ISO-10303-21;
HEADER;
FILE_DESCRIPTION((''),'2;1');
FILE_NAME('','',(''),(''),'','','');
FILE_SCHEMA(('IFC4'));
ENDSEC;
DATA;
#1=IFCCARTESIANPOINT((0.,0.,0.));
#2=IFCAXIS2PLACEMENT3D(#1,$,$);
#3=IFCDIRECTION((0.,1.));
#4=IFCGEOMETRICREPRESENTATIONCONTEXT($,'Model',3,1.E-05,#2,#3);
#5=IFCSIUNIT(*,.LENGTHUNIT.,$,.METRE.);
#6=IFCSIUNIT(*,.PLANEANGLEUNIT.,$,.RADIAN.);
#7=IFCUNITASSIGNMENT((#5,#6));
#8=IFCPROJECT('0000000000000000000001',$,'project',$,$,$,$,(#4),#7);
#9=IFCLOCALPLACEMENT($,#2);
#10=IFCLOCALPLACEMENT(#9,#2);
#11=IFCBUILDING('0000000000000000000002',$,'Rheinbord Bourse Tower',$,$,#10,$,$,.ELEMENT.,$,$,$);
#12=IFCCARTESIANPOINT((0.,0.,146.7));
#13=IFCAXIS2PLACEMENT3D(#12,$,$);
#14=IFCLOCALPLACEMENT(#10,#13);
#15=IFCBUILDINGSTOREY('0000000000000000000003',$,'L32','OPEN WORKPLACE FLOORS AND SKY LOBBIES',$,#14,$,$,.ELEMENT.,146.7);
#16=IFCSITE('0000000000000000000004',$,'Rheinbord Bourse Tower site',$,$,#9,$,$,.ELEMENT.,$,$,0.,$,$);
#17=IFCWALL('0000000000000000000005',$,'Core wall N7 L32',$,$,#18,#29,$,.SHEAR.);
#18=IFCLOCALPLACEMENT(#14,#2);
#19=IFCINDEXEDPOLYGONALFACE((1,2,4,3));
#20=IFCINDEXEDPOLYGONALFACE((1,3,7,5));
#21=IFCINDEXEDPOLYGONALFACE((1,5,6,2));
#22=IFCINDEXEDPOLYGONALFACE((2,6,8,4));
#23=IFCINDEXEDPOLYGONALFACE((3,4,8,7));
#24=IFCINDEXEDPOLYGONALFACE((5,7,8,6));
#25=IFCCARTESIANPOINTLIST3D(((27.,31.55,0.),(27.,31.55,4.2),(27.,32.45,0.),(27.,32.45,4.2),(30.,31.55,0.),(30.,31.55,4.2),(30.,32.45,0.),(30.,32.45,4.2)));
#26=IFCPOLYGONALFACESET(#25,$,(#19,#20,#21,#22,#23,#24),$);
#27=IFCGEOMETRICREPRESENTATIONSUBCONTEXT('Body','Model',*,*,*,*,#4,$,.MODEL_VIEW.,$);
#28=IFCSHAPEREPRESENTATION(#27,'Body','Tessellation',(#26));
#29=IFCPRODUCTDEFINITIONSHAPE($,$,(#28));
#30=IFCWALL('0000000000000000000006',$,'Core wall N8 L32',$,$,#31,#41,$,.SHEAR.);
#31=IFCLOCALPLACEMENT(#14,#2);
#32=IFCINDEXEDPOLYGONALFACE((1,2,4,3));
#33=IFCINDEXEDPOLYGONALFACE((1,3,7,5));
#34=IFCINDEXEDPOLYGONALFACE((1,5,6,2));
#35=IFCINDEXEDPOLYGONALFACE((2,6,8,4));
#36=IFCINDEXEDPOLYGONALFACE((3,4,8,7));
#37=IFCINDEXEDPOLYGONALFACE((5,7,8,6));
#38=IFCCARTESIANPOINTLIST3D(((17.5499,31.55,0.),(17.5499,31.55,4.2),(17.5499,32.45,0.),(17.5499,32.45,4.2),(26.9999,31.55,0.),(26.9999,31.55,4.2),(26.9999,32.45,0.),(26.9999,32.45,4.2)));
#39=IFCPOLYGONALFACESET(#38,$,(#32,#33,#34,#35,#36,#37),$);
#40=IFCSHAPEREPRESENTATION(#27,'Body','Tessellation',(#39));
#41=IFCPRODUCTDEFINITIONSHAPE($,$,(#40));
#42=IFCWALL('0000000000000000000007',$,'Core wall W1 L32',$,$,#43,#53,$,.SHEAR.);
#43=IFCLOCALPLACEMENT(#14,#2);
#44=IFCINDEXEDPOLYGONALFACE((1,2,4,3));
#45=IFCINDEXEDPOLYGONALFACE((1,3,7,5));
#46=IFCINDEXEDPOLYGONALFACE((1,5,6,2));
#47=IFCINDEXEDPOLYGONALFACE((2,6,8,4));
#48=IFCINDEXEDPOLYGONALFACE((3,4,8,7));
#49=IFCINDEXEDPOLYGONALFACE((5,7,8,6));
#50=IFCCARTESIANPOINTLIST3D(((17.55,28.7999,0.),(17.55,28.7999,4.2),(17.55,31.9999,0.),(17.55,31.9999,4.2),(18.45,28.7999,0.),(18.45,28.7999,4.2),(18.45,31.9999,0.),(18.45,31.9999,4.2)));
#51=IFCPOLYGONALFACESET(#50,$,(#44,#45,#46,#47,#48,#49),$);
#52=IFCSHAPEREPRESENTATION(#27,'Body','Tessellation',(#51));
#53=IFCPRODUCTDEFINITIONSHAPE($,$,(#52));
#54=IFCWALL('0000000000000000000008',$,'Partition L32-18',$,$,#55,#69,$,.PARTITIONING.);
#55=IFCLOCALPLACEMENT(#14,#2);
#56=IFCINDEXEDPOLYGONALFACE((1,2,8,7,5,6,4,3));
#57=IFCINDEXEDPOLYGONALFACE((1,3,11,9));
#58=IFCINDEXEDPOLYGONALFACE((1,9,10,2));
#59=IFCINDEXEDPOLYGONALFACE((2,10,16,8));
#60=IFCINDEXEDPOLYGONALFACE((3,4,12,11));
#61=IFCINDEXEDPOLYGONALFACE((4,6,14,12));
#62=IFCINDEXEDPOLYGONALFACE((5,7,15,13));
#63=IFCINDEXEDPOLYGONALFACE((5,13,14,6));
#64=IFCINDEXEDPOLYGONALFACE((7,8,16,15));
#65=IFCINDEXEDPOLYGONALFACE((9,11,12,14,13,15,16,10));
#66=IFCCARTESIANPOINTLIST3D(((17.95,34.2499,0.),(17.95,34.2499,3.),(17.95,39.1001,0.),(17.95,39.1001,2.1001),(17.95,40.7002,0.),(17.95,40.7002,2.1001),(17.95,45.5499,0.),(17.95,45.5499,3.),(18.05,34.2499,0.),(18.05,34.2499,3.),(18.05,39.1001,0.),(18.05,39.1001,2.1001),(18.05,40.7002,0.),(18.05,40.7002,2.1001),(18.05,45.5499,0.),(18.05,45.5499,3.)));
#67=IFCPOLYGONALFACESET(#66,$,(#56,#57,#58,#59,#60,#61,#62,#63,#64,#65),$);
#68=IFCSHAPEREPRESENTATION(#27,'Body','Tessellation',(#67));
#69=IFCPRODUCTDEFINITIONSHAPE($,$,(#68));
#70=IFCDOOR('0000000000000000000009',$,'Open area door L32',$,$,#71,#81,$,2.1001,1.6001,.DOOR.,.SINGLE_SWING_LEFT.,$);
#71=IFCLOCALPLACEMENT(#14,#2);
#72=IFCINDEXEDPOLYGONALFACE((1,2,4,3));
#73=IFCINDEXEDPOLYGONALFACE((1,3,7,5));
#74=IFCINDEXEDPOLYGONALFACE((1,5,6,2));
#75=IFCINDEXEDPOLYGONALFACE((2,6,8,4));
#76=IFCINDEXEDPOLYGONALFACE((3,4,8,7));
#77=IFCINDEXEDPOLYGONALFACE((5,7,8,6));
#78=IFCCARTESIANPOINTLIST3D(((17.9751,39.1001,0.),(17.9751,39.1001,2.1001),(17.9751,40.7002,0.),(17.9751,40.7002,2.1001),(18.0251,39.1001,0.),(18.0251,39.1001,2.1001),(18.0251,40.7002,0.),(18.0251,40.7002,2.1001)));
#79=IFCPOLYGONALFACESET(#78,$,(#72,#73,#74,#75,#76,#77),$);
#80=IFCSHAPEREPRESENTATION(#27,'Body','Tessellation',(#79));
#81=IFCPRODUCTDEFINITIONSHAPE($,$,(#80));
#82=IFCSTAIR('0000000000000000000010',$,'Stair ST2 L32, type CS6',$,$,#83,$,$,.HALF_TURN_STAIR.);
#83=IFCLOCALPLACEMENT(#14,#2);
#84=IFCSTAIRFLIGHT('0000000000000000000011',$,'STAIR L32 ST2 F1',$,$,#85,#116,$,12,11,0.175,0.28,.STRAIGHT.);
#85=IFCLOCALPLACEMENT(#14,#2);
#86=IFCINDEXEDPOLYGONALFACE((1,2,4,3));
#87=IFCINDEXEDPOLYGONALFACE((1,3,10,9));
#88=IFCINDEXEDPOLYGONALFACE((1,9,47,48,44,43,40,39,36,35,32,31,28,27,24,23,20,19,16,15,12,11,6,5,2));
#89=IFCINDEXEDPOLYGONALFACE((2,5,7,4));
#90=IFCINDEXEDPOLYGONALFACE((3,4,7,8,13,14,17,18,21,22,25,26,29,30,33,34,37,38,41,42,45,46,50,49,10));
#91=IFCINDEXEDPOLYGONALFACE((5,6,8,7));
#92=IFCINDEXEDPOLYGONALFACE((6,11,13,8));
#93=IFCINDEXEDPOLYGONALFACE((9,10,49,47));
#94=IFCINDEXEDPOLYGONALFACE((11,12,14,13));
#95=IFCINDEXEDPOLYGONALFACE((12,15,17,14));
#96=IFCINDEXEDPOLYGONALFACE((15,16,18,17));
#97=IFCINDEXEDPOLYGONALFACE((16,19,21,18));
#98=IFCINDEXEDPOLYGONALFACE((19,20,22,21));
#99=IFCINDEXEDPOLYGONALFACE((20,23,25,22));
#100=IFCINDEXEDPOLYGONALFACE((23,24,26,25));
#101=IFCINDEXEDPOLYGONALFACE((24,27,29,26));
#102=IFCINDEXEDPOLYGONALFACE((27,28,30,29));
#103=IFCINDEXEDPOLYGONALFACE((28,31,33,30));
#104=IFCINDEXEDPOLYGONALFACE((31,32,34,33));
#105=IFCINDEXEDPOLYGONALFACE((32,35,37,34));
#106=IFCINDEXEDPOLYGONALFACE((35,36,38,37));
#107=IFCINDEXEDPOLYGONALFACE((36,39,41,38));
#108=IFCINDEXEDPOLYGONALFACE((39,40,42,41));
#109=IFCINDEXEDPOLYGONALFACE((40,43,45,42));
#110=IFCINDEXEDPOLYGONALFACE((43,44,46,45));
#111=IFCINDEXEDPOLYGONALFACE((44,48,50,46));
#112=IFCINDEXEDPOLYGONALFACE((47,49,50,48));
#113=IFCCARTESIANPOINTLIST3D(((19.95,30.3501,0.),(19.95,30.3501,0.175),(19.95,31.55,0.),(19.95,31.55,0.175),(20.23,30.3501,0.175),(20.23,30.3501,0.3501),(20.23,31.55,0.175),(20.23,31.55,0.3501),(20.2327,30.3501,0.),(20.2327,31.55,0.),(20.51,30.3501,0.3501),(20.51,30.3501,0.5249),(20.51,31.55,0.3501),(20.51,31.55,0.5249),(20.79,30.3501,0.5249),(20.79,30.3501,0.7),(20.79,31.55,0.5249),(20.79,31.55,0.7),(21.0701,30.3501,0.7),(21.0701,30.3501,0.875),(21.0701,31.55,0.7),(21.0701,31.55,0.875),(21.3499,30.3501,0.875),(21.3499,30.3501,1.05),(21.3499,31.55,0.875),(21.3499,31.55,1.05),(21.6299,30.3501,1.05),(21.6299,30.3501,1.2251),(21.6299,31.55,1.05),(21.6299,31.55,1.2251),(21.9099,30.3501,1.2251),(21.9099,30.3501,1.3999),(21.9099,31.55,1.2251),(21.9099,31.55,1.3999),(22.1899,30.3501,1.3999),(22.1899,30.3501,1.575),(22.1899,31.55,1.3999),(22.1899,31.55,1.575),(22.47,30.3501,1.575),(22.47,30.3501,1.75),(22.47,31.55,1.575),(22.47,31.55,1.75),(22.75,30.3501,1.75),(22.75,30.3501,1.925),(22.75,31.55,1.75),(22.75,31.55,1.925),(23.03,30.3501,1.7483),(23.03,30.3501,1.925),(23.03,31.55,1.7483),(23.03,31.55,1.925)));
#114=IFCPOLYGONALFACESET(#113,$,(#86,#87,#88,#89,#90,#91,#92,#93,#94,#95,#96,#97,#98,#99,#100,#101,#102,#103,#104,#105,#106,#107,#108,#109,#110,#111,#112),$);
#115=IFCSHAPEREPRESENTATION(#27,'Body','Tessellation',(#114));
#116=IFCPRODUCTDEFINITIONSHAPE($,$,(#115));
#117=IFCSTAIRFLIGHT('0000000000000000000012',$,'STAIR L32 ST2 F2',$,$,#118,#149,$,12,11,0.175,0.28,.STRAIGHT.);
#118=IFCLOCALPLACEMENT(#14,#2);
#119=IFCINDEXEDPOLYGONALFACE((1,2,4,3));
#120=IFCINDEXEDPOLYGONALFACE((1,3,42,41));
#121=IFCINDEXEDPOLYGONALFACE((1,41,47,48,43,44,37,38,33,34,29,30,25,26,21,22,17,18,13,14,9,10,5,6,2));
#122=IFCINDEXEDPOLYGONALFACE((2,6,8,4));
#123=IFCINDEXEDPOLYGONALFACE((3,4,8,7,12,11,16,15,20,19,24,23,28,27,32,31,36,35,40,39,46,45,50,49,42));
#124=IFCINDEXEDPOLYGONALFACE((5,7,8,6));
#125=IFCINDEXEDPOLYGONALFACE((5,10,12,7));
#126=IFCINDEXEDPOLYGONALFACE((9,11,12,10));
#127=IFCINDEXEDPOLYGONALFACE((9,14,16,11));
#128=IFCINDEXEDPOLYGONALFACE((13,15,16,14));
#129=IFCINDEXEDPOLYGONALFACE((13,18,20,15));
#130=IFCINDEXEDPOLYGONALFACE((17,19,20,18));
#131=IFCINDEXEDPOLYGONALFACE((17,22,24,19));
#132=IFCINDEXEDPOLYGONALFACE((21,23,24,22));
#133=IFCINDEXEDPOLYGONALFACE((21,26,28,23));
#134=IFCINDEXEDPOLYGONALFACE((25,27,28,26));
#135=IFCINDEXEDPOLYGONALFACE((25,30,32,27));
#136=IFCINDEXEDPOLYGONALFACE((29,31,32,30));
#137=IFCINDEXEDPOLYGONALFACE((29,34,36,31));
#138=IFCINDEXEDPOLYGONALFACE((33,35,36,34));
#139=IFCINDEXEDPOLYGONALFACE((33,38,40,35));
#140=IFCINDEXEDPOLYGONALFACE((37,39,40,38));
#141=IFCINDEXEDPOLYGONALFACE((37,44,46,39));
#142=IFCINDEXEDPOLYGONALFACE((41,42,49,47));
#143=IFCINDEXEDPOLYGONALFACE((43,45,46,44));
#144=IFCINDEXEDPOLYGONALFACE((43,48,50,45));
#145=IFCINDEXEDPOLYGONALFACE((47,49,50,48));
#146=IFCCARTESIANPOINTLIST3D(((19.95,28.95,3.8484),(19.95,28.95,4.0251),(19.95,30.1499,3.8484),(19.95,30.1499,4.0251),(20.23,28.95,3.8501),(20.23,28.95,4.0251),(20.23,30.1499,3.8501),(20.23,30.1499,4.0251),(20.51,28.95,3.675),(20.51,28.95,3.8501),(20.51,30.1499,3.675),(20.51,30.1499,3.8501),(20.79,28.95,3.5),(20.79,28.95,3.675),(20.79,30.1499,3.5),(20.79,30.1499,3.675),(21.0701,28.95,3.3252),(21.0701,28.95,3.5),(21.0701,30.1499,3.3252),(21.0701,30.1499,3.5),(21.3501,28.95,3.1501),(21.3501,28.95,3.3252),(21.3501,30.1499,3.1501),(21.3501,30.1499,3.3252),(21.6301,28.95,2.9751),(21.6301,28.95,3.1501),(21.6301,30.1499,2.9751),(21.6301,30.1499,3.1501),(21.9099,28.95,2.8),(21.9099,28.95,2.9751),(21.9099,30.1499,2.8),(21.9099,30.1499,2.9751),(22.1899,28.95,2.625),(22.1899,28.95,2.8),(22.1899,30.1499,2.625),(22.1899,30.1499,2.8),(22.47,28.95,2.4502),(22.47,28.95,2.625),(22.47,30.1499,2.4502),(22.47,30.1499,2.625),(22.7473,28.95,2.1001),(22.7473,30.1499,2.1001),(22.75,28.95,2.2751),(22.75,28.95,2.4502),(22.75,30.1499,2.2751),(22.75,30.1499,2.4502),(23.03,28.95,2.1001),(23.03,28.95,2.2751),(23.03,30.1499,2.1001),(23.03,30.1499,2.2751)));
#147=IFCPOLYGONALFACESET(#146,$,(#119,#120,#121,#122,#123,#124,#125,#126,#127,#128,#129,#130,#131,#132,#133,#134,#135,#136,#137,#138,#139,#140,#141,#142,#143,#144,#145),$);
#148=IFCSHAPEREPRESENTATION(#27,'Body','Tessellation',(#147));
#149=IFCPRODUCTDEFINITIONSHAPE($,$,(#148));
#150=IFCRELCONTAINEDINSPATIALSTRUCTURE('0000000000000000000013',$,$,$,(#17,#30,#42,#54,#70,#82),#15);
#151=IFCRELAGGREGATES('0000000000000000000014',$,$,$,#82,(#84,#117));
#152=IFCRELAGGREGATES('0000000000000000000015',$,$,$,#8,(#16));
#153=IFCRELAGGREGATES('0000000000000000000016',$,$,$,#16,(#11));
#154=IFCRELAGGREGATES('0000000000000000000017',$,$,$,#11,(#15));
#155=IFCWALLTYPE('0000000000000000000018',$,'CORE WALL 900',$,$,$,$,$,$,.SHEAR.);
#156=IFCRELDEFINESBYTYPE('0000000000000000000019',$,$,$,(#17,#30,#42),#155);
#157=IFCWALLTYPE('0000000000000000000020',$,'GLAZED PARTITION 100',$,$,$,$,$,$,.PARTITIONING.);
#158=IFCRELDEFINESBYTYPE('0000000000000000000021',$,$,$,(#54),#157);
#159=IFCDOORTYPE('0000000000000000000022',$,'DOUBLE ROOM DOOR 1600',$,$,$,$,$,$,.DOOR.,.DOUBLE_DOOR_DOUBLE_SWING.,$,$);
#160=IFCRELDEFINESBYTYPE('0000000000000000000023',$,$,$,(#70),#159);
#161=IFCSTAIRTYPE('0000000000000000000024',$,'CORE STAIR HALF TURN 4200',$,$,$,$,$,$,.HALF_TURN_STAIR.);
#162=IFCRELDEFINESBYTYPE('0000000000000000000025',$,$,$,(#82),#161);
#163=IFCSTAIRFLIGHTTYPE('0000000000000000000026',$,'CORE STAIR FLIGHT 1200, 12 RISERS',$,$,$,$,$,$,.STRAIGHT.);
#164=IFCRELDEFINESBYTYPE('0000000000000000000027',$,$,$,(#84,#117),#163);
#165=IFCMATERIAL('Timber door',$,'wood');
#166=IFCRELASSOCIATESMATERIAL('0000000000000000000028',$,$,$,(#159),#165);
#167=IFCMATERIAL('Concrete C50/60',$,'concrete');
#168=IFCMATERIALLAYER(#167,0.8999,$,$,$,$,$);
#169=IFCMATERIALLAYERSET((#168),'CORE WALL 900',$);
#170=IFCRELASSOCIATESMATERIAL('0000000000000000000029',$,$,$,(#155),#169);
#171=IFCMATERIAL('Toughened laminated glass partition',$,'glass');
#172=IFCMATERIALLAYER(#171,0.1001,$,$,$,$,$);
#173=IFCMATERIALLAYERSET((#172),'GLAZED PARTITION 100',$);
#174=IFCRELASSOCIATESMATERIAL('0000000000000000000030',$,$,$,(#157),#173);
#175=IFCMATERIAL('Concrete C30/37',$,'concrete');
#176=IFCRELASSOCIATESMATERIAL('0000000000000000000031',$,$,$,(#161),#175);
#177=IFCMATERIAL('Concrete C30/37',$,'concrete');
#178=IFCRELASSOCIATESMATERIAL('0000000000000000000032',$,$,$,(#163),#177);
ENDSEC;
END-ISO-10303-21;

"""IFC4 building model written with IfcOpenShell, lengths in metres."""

from ifc_helpers import new_model, si_unit, direction, frame, frame_2d, origin, place, context, subcontext, project, spatial, polyline, rectangle, outline, extrude, material, layer, layer_set, type_object, element, fill, aggregate, save


model = new_model("IFC4")

# Units and contexts
model_context = context("Model", 3, precision=1e-05, world=origin(), true_north=direction((0.0, 1.0)))
body_context = subcontext(model_context, "Body", "Model", "MODEL_VIEW")
ifc_project = project(units=[si_unit("LENGTHUNIT", "METRE"), si_unit("PLANEANGLEUNIT", "RADIAN")], contexts=[model_context])

# Site, building, storey
site_placement = place(None, origin())
site = spatial("IfcSite", under=ifc_project, at=site_placement, Name="Rheinbord Bourse Tower site", CompositionType="ELEMENT", RefElevation=0.0)
building_placement = place(site_placement, origin())
building = spatial("IfcBuilding", under=site, at=building_placement, Name="Rheinbord Bourse Tower", CompositionType="ELEMENT")
storey_placement = place(building_placement, frame((0.0, 0.0, 146.7)))
storey = spatial("IfcBuildingStorey", under=building, at=storey_placement, Name="L32", Description="OPEN WORKPLACE FLOORS AND SKY LOBBIES", CompositionType="ELEMENT", Elevation=146.7)

# Shared definitions
ifc_material_1 = material(Name="Timber door", Category="wood")
door_type_1 = type_object("IfcDoorType", Name="DOUBLE ROOM DOOR 1600", OperationType="DOUBLE_DOOR_DOUBLE_SWING", PredefinedType="DOOR", material=ifc_material_1)

# Walls
ifc_material_2 = material(Name="Concrete C50/60", Category="concrete")
ifc_layer_1 = layer(ifc_material_2, 0.8999)
ifc_layer_set_1 = layer_set([ifc_layer_1], Name="CORE WALL 900")
wall_type_1 = type_object("IfcWallType", Name="CORE WALL 900", PredefinedType="SHEAR", material=ifc_layer_set_1)
for number, where, z_axis, x_axis, name in (
    (1, (30.0, 32.0, 0.0), (0.0, 0.0, 1.0), (-1.0, 0.0, 0.0), "Core wall N7 L32"),
):
    element("IfcWall", number, at=place(storey_placement, frame(where, z_axis=z_axis, x_axis=x_axis)), inside=storey, type_object=wall_type_1, Name=name, PredefinedType="SHEAR", context=body_context, shape_type="SweptSolid", body=[
        extrude(rectangle(XDim=3.0, YDim=0.8999, at=frame_2d((1.5, 0.0))), origin(), (0.0, 0.0, 1.0), 4.2),
    ])
wall_1_placement = place(storey_placement, frame((27.0, 32.0, 0.0), z_axis=(0.0, 0.0, 1.0), x_axis=(-1.0, 0.0, 0.0)))
element("IfcWall", 2, at=wall_1_placement, inside=storey, type_object=wall_type_1, Name="Core wall N8 L32", PredefinedType="SHEAR", context=body_context, shape_type="SweptSolid", body=[
    extrude(rectangle(XDim=9.45, YDim=0.8999, at=frame_2d((4.7251, 0.0))), origin(), (0.0, 0.0, 1.0), 4.2),
])
wall_2_placement = place(storey_placement, frame((18.0, 32.0, 0.0), z_axis=(0.0, 0.0, 1.0), x_axis=(0.0, -1.0, 0.0)))
element("IfcWall", 3, at=wall_2_placement, inside=storey, type_object=wall_type_1, Name="Core wall W1 L32", PredefinedType="SHEAR", context=body_context, shape_type="SweptSolid", body=[
    extrude(rectangle(XDim=3.2, YDim=0.8999, at=frame_2d((1.6001, 0.0))), origin(), (0.0, 0.0, 1.0), 4.2),
])

# Wall, opening, door
ifc_material_3 = material(Name="Toughened laminated glass partition", Category="glass")
ifc_layer_2 = layer(ifc_material_3, 0.1001)
ifc_layer_set_2 = layer_set([ifc_layer_2], Name="GLAZED PARTITION 100")
wall_type_2 = type_object("IfcWallType", Name="GLAZED PARTITION 100", PredefinedType="PARTITIONING", material=ifc_layer_set_2)
wall_3_placement = place(storey_placement, frame((18.0, 34.25, 0.0), z_axis=(0.0, 0.0, 1.0), x_axis=(0.0, 1.0, 0.0)))
wall_3 = element("IfcWall", 4, at=wall_3_placement, inside=storey, type_object=wall_type_2, Name="Partition L32-18", PredefinedType="PARTITIONING", context=body_context, shape_type="SweptSolid", body=[
    extrude(rectangle(XDim=11.3, YDim=0.1001, at=frame_2d((5.6499, 0.0))), origin(), (0.0, 0.0, 1.0), 3.0),
])
opening_1_placement = place(wall_3_placement, frame((4.8501, 0.0, 0.0)))
opening_1 = element("IfcOpeningElement", 5, at=opening_1_placement, cuts=wall_3, PredefinedType="OPENING", context=body_context, shape_type="SweptSolid", body=[
    extrude(rectangle(XDim=1.6001, YDim=2.1001, at=frame_2d((0.8, 1.05))), frame((0.0, 0.0601, 0.0), z_axis=(0.0, -1.0, 0.0), x_axis=(1.0, 0.0, 0.0)), (0.0, 0.0, 1.0), 0.1201),
])
door_1_placement = place(opening_1_placement, origin())
door_1 = element("IfcDoor", 6, at=door_1_placement, inside=storey, type_object=door_type_1, Name="Open area door L32", OperationType="SINGLE_SWING_LEFT", OverallHeight=2.1001, OverallWidth=1.6001, PredefinedType="DOOR", context=body_context, shape_type="SweptSolid", body=[
    extrude(rectangle(XDim=1.6001, YDim=2.1001, at=frame_2d((0.8, 1.05))), frame((0.0, 0.0249, 0.0), z_axis=(0.0, -1.0, 0.0), x_axis=(1.0, 0.0, 0.0)), (0.0, 0.0, 1.0), 0.05),
])
fill(opening_1, door_1)

# Stair, stair flights
ifc_material_4 = material(Name="Concrete C30/37", Category="concrete")
stair_type = type_object("IfcStairType", Name="CORE STAIR HALF TURN 4200", PredefinedType="HALF_TURN_STAIR", material=ifc_material_4)
stair_placement = place(storey_placement, origin())
stair = element("IfcStair", 7, at=stair_placement, inside=storey, type_object=stair_type, Name="Stair ST2 L32, type CS6", PredefinedType="HALF_TURN_STAIR")
ifc_material_5 = material(Name="Concrete C30/37", Category="concrete")
stair_flight_type = type_object("IfcStairFlightType", Name="CORE STAIR FLIGHT 1200, 12 RISERS", PredefinedType="STRAIGHT", material=ifc_material_5)
stair_flight_1_placement = place(storey_placement, frame((19.95, 30.95, 0.0), z_axis=(0.0, 0.0, 1.0), x_axis=(1.0, 0.0, 0.0)))
stair_flight_1 = element("IfcStairFlight", 8, at=stair_flight_1_placement, type_object=stair_flight_type, Name="STAIR L32 ST2 F1", NumberOfRisers=12, NumberOfTreads=11, PredefinedType="STRAIGHT", RiserHeight=0.175, TreadLength=0.28, context=body_context, shape_type="SweptSolid", body=[
    extrude(outline(polyline([(0.0, 0.0), (0.0, 0.175), (0.28, 0.175), (0.28, 0.3501), (0.5601, 0.3501), (0.5601, 0.5249), (0.8401, 0.5249), (0.8401, 0.7), (1.1201, 0.7), (1.1201, 0.875), (1.3999, 0.875), (1.3999, 1.05), (1.6799, 1.05), (1.6799, 1.2251), (1.96, 1.2251), (1.96, 1.3999), (2.24, 1.3999), (2.24, 1.575), (2.52, 1.575), (2.52, 1.75), (2.8, 1.75), (2.8, 1.925), (3.0801, 1.925), (3.0801, 2.1001), (3.0801, 1.7483), (0.2827, 0.0), (0.0, 0.0)])), frame((0.0, 0.6001, 0.0), z_axis=(0.0, -1.0, 0.0), x_axis=(1.0, 0.0, 0.0)), (0.0, 0.0, 1.0), 1.2),
])
stair_flight_2_placement = place(storey_placement, frame((23.03, 29.55, 2.1001), z_axis=(0.0, 0.0, 1.0), x_axis=(-1.0, 0.0, 0.0)))
stair_flight_2 = element("IfcStairFlight", 9, at=stair_flight_2_placement, type_object=stair_flight_type, Name="STAIR L32 ST2 F2", NumberOfRisers=12, NumberOfTreads=11, PredefinedType="STRAIGHT", RiserHeight=0.175, TreadLength=0.28, context=body_context, shape_type="SweptSolid", body=[
    extrude(outline(polyline([(0.0, 0.0), (0.0, 0.175), (0.28, 0.175), (0.28, 0.3501), (0.5601, 0.3501), (0.5601, 0.5249), (0.8401, 0.5249), (0.8401, 0.7), (1.1201, 0.7), (1.1201, 0.875), (1.3999, 0.875), (1.3999, 1.05), (1.6799, 1.05), (1.6799, 1.2251), (1.96, 1.2251), (1.96, 1.3999), (2.24, 1.3999), (2.24, 1.575), (2.52, 1.575), (2.52, 1.75), (2.8, 1.75), (2.8, 1.925), (3.0801, 1.925), (3.0801, 2.1001), (3.0801, 1.7483), (0.2827, 0.0), (0.0, 0.0)])), frame((0.0, 0.6001, 0.0), z_axis=(0.0, -1.0, 0.0), x_axis=(1.0, 0.0, 0.0)), (0.0, 0.0, 1.0), 1.2),
])
aggregate(stair, [stair_flight_1, stair_flight_2])

save(model, "model.ifc")
